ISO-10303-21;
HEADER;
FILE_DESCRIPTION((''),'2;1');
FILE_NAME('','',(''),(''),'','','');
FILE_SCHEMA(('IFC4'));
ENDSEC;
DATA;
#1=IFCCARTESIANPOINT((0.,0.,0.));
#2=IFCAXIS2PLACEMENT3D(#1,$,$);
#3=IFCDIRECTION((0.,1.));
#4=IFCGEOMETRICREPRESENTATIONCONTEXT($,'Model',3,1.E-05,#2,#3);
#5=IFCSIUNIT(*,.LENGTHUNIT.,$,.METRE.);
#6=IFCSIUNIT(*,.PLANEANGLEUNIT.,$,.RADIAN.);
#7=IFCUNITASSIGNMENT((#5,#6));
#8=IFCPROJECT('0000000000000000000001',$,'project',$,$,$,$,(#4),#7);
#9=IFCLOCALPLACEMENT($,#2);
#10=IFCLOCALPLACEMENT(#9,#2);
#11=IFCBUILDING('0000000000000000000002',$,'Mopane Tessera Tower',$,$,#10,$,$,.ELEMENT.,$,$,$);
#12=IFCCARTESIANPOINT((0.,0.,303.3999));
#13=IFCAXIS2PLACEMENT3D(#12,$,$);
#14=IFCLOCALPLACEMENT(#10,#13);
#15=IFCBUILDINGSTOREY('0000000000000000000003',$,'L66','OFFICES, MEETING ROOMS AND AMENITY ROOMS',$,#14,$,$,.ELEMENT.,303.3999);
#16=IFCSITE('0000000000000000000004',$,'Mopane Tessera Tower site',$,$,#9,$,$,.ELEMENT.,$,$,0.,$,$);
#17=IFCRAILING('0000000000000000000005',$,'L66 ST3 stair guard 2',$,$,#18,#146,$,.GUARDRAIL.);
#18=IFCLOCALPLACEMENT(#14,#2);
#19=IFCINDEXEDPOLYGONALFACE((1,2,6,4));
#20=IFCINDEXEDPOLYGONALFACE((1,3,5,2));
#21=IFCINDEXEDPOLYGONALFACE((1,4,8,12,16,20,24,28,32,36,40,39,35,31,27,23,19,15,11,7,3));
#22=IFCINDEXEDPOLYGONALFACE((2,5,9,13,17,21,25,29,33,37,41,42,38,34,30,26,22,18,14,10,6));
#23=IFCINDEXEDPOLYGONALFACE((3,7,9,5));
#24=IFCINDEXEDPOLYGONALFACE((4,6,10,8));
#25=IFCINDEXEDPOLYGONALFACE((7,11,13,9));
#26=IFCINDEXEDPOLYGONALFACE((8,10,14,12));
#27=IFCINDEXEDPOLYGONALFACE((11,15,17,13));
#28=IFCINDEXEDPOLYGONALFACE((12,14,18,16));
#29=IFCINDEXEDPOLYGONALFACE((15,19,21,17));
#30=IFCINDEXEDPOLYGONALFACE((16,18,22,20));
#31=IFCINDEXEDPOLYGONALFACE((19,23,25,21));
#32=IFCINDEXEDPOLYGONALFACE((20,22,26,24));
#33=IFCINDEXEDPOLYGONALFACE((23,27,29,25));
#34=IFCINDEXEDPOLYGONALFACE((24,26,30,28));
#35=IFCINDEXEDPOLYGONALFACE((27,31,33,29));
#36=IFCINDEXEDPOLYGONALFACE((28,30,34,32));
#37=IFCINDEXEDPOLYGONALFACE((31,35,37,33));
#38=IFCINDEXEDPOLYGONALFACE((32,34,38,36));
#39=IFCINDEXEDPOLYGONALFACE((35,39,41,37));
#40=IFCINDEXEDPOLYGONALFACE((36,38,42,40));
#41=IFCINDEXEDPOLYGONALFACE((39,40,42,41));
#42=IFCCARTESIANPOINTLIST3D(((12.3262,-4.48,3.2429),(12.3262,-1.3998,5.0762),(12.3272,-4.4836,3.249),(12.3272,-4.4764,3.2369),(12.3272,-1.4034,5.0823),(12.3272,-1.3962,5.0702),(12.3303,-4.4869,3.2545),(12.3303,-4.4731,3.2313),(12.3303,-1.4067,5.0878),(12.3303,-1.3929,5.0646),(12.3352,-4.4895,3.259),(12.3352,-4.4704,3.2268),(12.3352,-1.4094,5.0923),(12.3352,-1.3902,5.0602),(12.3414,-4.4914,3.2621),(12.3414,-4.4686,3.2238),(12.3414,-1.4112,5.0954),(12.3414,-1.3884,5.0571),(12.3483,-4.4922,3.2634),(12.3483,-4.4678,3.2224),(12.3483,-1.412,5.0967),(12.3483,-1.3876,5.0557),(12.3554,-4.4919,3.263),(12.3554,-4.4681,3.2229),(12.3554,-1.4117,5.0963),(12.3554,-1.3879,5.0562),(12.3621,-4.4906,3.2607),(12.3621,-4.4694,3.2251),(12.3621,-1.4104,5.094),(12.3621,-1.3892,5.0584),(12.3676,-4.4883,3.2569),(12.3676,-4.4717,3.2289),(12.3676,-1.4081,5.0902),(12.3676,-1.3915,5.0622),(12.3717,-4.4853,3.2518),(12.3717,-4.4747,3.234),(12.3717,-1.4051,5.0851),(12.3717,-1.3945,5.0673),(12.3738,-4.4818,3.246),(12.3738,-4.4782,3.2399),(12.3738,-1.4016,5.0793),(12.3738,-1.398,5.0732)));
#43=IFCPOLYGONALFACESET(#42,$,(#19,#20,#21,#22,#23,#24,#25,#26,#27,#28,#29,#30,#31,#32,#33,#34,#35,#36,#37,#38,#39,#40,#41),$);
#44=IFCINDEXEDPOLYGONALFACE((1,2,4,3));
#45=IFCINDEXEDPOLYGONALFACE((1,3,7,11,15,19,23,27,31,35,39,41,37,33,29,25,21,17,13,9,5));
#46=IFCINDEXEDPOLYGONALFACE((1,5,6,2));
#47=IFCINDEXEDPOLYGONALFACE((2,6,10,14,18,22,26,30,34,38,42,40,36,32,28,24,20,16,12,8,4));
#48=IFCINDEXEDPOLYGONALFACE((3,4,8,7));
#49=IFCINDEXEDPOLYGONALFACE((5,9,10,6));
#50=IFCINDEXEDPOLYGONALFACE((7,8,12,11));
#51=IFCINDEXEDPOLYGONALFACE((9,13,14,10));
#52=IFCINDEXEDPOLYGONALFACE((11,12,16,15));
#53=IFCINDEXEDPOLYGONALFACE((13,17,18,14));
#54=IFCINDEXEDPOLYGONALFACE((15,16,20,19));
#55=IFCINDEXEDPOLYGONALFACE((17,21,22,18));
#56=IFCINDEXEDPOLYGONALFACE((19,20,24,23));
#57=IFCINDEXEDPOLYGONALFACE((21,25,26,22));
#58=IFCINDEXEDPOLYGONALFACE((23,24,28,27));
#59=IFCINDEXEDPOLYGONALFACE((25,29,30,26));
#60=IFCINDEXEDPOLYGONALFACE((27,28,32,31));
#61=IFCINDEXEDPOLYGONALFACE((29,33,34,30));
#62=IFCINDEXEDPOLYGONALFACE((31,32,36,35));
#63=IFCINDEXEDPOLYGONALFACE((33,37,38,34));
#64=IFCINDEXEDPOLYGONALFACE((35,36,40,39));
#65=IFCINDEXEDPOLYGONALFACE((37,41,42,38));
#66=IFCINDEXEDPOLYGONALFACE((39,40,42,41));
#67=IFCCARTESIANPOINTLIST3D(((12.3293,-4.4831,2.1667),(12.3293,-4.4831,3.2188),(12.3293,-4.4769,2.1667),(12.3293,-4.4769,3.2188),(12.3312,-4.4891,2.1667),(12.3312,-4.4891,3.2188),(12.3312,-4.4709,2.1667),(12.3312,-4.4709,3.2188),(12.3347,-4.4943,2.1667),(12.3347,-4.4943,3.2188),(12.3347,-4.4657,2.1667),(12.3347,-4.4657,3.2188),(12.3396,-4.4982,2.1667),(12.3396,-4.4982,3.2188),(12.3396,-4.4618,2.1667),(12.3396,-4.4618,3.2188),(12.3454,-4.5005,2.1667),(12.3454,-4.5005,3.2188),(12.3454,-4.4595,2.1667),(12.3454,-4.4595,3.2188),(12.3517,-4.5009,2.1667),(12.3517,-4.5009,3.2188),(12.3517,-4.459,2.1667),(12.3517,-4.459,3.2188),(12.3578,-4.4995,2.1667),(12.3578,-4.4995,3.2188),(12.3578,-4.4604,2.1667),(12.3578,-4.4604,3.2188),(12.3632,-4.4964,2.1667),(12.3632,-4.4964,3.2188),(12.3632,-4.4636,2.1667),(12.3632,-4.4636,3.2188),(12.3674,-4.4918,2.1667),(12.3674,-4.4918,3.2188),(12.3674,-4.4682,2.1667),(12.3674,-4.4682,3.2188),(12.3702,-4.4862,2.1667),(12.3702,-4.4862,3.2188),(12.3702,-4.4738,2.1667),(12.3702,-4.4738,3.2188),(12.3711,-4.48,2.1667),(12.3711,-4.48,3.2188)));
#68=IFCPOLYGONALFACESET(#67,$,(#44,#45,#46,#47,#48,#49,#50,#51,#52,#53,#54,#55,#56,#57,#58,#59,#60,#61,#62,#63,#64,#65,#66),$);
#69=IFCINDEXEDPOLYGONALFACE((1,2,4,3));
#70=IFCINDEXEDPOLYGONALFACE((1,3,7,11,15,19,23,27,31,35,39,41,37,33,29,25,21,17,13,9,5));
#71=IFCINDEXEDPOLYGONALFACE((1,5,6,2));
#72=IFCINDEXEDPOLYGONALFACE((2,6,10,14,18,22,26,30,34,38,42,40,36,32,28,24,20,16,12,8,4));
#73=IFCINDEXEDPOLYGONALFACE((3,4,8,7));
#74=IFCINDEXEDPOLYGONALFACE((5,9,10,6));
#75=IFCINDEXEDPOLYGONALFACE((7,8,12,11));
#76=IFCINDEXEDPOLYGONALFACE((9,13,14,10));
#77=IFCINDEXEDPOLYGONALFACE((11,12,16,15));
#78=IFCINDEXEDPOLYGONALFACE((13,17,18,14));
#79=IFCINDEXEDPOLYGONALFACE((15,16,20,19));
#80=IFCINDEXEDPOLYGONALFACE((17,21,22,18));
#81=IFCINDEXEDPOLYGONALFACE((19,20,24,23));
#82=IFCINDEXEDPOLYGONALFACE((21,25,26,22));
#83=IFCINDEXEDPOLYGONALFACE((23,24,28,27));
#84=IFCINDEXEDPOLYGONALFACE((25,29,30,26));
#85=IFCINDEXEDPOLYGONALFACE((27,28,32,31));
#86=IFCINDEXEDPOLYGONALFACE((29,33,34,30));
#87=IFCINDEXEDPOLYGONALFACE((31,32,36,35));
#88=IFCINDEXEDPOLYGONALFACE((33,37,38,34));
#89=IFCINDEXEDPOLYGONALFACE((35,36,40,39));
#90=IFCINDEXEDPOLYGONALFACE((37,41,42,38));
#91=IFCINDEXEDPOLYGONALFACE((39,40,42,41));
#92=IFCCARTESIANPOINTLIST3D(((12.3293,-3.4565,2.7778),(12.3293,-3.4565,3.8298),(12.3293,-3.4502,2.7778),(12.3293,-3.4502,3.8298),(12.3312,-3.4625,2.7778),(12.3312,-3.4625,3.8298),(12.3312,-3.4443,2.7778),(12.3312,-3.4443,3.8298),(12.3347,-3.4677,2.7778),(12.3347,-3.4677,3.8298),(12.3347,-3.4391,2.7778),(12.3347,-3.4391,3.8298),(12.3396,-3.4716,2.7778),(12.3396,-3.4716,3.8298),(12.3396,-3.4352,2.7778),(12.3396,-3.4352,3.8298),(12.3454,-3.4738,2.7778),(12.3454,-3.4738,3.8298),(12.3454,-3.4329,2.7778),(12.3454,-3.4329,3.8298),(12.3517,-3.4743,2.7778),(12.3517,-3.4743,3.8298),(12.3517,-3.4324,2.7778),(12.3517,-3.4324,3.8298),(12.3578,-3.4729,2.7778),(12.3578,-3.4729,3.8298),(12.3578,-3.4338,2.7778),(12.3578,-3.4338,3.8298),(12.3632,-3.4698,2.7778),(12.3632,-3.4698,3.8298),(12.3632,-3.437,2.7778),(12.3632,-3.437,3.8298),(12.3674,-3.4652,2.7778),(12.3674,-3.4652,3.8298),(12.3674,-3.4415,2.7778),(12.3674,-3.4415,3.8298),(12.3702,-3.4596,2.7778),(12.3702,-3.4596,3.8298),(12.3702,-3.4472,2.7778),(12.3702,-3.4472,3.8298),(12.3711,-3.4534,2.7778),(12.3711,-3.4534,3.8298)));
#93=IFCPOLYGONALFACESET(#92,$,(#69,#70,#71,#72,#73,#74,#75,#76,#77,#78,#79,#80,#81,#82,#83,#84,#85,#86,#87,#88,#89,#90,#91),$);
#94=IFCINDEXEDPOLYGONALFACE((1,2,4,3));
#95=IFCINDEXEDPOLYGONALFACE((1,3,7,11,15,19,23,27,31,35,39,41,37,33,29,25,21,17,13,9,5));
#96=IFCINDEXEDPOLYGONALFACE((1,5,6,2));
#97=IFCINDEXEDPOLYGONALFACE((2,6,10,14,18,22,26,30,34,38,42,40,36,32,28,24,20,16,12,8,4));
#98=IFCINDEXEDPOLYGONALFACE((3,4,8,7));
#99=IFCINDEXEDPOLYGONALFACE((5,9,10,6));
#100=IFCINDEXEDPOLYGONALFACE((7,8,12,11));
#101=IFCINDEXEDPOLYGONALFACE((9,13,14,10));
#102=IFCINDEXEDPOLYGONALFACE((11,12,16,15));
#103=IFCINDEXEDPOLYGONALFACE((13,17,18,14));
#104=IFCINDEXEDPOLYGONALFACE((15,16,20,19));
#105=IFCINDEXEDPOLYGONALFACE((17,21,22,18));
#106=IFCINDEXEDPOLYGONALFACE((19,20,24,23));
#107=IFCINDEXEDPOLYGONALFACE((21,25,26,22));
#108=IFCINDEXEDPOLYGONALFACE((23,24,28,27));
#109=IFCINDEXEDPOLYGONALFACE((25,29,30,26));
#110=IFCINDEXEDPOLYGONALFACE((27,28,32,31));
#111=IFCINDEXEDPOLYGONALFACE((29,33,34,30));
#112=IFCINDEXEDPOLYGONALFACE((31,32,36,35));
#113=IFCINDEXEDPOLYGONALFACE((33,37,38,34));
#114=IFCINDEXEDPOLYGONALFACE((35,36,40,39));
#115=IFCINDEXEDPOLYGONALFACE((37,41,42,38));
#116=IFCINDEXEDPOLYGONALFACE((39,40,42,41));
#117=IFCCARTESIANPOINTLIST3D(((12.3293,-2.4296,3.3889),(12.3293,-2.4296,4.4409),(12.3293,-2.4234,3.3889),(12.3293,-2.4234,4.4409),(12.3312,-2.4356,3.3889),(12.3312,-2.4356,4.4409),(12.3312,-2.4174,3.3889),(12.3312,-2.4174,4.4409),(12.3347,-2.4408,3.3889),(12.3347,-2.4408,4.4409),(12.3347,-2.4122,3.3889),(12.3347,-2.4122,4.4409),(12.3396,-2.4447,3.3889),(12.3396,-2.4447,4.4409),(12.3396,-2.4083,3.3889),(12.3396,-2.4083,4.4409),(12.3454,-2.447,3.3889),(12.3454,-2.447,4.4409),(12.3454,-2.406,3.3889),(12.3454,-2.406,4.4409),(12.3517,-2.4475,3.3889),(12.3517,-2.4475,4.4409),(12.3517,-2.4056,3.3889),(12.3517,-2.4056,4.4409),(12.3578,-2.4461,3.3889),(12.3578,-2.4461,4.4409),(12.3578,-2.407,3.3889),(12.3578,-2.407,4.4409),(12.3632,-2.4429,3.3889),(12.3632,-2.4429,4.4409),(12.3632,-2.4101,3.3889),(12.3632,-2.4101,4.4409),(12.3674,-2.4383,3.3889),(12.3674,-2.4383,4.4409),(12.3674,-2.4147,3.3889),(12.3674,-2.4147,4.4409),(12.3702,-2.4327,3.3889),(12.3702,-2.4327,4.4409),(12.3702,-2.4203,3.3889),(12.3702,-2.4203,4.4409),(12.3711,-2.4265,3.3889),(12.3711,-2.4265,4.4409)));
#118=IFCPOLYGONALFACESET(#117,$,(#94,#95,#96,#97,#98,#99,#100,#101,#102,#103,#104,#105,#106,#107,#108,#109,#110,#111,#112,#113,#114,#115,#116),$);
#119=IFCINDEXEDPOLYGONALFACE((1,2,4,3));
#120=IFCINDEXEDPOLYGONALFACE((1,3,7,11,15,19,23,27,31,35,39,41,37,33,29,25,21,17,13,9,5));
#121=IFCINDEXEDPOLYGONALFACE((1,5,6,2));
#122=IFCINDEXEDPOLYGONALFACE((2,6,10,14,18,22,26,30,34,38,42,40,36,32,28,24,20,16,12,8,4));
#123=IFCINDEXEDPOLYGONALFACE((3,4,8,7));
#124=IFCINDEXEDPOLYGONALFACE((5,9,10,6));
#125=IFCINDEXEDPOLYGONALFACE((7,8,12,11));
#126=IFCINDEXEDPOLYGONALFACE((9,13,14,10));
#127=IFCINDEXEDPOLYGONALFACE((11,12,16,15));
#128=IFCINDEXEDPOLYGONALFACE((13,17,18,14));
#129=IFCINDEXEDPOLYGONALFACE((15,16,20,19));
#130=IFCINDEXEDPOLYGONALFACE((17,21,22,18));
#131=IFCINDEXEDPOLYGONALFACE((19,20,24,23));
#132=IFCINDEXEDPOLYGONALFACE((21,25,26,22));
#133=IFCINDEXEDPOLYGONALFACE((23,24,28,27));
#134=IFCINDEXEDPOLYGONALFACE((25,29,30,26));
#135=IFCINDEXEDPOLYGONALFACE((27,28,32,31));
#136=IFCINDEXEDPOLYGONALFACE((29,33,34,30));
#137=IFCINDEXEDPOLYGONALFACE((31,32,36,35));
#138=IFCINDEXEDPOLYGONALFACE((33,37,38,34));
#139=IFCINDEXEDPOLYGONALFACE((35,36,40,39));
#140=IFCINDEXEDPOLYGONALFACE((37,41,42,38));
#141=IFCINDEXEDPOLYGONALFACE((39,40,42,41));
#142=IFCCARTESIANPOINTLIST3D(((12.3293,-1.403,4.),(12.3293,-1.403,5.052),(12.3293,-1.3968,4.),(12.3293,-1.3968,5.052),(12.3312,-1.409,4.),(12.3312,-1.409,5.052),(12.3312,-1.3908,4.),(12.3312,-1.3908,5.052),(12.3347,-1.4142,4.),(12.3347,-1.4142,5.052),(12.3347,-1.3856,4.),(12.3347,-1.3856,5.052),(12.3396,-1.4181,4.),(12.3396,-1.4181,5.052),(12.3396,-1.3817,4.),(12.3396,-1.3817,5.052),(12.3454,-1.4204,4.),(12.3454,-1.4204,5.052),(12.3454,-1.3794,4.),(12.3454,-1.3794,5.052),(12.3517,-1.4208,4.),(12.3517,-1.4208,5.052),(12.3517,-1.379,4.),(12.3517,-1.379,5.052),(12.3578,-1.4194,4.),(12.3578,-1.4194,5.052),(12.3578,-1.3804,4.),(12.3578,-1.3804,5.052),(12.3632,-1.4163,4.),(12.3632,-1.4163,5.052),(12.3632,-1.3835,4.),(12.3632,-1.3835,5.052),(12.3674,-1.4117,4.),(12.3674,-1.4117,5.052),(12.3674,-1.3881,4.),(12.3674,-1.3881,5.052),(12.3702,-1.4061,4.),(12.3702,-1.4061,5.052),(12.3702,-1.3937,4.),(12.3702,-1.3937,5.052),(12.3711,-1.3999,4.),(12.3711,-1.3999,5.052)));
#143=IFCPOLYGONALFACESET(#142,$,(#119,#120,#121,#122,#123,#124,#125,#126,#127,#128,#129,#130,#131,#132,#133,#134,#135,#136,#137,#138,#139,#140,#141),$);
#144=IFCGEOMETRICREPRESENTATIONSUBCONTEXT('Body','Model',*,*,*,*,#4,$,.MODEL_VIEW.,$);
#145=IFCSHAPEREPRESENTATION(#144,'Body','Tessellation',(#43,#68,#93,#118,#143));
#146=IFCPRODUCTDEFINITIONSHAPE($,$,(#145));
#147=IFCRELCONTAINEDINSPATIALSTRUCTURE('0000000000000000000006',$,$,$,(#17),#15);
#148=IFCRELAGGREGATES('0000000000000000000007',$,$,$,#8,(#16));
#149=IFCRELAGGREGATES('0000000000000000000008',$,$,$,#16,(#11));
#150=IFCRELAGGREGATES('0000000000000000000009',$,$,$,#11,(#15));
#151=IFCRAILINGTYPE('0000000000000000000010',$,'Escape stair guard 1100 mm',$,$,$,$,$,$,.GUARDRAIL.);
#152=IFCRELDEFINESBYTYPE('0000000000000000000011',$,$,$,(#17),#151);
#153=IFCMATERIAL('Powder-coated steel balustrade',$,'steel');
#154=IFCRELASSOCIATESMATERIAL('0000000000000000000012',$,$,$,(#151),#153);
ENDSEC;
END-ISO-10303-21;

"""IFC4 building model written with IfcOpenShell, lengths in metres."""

from ifc_helpers import new_model, si_unit, direction, frame, origin, origin_2d, place, context, subcontext, project, spatial, circle, extrude, material, type_object, element, save


model = new_model("IFC4")

# Units and contexts
model_context = context("Model", 3, precision=1e-05, world=origin(), true_north=direction((0.0, 1.0)))
body_context = subcontext(model_context, "Body", "Model", "MODEL_VIEW")
ifc_project = project(units=[si_unit("LENGTHUNIT", "METRE"), si_unit("PLANEANGLEUNIT", "RADIAN")], contexts=[model_context])

# Site, building, storey
site_placement = place(None, origin())
site = spatial("IfcSite", under=ifc_project, at=site_placement, Name="Mopane Tessera Tower site", CompositionType="ELEMENT", RefElevation=0.0)
building_placement = place(site_placement, origin())
building = spatial("IfcBuilding", under=site, at=building_placement, Name="Mopane Tessera Tower", CompositionType="ELEMENT")
storey_placement = place(building_placement, frame((0.0, 0.0, 303.3999)))
storey = spatial("IfcBuildingStorey", under=building, at=storey_placement, Name="L66", Description="OFFICES, MEETING ROOMS AND AMENITY ROOMS", CompositionType="ELEMENT", Elevation=303.3999)

# Railing
ifc_material_1 = material(Name="Powder-coated steel balustrade", Category="steel")
railing_type_1 = type_object("IfcRailingType", Name="Escape stair guard 1100 mm", PredefinedType="GUARDRAIL", material=ifc_material_1)
railing_1_placement = place(storey_placement, frame((12.3501, -4.48, 2.1667)))
element("IfcRailing", 1, at=railing_1_placement, inside=storey, type_object=railing_type_1, Name="L66 ST3 stair guard 2", PredefinedType="GUARDRAIL", context=body_context, shape_type="SweptSolid", body=[
    extrude(circle(Radius=0.0239, at=origin_2d()), frame((0.0, 0.0, 1.0762), z_axis=(0.0, 0.859309, 0.511458), x_axis=(-1.0, 0.0, 0.0)), (0.0, 0.0, 1.0), 3.5845),
    extrude(circle(Radius=0.021, at=origin_2d()), origin(), (0.0, 0.0, 1.0), 1.052),
    extrude(circle(Radius=0.021, at=origin_2d()), frame((0.0, 1.0266, 0.6111)), (0.0, 0.0, 1.0), 1.052),
    extrude(circle(Radius=0.021, at=origin_2d()), frame((0.0, 2.0535, 1.2222)), (0.0, 0.0, 1.0), 1.052),
    extrude(circle(Radius=0.021, at=origin_2d()), frame((0.0, 3.0801, 1.8333)), (0.0, 0.0, 1.0), 1.052),
])

save(model, "model.ifc")
